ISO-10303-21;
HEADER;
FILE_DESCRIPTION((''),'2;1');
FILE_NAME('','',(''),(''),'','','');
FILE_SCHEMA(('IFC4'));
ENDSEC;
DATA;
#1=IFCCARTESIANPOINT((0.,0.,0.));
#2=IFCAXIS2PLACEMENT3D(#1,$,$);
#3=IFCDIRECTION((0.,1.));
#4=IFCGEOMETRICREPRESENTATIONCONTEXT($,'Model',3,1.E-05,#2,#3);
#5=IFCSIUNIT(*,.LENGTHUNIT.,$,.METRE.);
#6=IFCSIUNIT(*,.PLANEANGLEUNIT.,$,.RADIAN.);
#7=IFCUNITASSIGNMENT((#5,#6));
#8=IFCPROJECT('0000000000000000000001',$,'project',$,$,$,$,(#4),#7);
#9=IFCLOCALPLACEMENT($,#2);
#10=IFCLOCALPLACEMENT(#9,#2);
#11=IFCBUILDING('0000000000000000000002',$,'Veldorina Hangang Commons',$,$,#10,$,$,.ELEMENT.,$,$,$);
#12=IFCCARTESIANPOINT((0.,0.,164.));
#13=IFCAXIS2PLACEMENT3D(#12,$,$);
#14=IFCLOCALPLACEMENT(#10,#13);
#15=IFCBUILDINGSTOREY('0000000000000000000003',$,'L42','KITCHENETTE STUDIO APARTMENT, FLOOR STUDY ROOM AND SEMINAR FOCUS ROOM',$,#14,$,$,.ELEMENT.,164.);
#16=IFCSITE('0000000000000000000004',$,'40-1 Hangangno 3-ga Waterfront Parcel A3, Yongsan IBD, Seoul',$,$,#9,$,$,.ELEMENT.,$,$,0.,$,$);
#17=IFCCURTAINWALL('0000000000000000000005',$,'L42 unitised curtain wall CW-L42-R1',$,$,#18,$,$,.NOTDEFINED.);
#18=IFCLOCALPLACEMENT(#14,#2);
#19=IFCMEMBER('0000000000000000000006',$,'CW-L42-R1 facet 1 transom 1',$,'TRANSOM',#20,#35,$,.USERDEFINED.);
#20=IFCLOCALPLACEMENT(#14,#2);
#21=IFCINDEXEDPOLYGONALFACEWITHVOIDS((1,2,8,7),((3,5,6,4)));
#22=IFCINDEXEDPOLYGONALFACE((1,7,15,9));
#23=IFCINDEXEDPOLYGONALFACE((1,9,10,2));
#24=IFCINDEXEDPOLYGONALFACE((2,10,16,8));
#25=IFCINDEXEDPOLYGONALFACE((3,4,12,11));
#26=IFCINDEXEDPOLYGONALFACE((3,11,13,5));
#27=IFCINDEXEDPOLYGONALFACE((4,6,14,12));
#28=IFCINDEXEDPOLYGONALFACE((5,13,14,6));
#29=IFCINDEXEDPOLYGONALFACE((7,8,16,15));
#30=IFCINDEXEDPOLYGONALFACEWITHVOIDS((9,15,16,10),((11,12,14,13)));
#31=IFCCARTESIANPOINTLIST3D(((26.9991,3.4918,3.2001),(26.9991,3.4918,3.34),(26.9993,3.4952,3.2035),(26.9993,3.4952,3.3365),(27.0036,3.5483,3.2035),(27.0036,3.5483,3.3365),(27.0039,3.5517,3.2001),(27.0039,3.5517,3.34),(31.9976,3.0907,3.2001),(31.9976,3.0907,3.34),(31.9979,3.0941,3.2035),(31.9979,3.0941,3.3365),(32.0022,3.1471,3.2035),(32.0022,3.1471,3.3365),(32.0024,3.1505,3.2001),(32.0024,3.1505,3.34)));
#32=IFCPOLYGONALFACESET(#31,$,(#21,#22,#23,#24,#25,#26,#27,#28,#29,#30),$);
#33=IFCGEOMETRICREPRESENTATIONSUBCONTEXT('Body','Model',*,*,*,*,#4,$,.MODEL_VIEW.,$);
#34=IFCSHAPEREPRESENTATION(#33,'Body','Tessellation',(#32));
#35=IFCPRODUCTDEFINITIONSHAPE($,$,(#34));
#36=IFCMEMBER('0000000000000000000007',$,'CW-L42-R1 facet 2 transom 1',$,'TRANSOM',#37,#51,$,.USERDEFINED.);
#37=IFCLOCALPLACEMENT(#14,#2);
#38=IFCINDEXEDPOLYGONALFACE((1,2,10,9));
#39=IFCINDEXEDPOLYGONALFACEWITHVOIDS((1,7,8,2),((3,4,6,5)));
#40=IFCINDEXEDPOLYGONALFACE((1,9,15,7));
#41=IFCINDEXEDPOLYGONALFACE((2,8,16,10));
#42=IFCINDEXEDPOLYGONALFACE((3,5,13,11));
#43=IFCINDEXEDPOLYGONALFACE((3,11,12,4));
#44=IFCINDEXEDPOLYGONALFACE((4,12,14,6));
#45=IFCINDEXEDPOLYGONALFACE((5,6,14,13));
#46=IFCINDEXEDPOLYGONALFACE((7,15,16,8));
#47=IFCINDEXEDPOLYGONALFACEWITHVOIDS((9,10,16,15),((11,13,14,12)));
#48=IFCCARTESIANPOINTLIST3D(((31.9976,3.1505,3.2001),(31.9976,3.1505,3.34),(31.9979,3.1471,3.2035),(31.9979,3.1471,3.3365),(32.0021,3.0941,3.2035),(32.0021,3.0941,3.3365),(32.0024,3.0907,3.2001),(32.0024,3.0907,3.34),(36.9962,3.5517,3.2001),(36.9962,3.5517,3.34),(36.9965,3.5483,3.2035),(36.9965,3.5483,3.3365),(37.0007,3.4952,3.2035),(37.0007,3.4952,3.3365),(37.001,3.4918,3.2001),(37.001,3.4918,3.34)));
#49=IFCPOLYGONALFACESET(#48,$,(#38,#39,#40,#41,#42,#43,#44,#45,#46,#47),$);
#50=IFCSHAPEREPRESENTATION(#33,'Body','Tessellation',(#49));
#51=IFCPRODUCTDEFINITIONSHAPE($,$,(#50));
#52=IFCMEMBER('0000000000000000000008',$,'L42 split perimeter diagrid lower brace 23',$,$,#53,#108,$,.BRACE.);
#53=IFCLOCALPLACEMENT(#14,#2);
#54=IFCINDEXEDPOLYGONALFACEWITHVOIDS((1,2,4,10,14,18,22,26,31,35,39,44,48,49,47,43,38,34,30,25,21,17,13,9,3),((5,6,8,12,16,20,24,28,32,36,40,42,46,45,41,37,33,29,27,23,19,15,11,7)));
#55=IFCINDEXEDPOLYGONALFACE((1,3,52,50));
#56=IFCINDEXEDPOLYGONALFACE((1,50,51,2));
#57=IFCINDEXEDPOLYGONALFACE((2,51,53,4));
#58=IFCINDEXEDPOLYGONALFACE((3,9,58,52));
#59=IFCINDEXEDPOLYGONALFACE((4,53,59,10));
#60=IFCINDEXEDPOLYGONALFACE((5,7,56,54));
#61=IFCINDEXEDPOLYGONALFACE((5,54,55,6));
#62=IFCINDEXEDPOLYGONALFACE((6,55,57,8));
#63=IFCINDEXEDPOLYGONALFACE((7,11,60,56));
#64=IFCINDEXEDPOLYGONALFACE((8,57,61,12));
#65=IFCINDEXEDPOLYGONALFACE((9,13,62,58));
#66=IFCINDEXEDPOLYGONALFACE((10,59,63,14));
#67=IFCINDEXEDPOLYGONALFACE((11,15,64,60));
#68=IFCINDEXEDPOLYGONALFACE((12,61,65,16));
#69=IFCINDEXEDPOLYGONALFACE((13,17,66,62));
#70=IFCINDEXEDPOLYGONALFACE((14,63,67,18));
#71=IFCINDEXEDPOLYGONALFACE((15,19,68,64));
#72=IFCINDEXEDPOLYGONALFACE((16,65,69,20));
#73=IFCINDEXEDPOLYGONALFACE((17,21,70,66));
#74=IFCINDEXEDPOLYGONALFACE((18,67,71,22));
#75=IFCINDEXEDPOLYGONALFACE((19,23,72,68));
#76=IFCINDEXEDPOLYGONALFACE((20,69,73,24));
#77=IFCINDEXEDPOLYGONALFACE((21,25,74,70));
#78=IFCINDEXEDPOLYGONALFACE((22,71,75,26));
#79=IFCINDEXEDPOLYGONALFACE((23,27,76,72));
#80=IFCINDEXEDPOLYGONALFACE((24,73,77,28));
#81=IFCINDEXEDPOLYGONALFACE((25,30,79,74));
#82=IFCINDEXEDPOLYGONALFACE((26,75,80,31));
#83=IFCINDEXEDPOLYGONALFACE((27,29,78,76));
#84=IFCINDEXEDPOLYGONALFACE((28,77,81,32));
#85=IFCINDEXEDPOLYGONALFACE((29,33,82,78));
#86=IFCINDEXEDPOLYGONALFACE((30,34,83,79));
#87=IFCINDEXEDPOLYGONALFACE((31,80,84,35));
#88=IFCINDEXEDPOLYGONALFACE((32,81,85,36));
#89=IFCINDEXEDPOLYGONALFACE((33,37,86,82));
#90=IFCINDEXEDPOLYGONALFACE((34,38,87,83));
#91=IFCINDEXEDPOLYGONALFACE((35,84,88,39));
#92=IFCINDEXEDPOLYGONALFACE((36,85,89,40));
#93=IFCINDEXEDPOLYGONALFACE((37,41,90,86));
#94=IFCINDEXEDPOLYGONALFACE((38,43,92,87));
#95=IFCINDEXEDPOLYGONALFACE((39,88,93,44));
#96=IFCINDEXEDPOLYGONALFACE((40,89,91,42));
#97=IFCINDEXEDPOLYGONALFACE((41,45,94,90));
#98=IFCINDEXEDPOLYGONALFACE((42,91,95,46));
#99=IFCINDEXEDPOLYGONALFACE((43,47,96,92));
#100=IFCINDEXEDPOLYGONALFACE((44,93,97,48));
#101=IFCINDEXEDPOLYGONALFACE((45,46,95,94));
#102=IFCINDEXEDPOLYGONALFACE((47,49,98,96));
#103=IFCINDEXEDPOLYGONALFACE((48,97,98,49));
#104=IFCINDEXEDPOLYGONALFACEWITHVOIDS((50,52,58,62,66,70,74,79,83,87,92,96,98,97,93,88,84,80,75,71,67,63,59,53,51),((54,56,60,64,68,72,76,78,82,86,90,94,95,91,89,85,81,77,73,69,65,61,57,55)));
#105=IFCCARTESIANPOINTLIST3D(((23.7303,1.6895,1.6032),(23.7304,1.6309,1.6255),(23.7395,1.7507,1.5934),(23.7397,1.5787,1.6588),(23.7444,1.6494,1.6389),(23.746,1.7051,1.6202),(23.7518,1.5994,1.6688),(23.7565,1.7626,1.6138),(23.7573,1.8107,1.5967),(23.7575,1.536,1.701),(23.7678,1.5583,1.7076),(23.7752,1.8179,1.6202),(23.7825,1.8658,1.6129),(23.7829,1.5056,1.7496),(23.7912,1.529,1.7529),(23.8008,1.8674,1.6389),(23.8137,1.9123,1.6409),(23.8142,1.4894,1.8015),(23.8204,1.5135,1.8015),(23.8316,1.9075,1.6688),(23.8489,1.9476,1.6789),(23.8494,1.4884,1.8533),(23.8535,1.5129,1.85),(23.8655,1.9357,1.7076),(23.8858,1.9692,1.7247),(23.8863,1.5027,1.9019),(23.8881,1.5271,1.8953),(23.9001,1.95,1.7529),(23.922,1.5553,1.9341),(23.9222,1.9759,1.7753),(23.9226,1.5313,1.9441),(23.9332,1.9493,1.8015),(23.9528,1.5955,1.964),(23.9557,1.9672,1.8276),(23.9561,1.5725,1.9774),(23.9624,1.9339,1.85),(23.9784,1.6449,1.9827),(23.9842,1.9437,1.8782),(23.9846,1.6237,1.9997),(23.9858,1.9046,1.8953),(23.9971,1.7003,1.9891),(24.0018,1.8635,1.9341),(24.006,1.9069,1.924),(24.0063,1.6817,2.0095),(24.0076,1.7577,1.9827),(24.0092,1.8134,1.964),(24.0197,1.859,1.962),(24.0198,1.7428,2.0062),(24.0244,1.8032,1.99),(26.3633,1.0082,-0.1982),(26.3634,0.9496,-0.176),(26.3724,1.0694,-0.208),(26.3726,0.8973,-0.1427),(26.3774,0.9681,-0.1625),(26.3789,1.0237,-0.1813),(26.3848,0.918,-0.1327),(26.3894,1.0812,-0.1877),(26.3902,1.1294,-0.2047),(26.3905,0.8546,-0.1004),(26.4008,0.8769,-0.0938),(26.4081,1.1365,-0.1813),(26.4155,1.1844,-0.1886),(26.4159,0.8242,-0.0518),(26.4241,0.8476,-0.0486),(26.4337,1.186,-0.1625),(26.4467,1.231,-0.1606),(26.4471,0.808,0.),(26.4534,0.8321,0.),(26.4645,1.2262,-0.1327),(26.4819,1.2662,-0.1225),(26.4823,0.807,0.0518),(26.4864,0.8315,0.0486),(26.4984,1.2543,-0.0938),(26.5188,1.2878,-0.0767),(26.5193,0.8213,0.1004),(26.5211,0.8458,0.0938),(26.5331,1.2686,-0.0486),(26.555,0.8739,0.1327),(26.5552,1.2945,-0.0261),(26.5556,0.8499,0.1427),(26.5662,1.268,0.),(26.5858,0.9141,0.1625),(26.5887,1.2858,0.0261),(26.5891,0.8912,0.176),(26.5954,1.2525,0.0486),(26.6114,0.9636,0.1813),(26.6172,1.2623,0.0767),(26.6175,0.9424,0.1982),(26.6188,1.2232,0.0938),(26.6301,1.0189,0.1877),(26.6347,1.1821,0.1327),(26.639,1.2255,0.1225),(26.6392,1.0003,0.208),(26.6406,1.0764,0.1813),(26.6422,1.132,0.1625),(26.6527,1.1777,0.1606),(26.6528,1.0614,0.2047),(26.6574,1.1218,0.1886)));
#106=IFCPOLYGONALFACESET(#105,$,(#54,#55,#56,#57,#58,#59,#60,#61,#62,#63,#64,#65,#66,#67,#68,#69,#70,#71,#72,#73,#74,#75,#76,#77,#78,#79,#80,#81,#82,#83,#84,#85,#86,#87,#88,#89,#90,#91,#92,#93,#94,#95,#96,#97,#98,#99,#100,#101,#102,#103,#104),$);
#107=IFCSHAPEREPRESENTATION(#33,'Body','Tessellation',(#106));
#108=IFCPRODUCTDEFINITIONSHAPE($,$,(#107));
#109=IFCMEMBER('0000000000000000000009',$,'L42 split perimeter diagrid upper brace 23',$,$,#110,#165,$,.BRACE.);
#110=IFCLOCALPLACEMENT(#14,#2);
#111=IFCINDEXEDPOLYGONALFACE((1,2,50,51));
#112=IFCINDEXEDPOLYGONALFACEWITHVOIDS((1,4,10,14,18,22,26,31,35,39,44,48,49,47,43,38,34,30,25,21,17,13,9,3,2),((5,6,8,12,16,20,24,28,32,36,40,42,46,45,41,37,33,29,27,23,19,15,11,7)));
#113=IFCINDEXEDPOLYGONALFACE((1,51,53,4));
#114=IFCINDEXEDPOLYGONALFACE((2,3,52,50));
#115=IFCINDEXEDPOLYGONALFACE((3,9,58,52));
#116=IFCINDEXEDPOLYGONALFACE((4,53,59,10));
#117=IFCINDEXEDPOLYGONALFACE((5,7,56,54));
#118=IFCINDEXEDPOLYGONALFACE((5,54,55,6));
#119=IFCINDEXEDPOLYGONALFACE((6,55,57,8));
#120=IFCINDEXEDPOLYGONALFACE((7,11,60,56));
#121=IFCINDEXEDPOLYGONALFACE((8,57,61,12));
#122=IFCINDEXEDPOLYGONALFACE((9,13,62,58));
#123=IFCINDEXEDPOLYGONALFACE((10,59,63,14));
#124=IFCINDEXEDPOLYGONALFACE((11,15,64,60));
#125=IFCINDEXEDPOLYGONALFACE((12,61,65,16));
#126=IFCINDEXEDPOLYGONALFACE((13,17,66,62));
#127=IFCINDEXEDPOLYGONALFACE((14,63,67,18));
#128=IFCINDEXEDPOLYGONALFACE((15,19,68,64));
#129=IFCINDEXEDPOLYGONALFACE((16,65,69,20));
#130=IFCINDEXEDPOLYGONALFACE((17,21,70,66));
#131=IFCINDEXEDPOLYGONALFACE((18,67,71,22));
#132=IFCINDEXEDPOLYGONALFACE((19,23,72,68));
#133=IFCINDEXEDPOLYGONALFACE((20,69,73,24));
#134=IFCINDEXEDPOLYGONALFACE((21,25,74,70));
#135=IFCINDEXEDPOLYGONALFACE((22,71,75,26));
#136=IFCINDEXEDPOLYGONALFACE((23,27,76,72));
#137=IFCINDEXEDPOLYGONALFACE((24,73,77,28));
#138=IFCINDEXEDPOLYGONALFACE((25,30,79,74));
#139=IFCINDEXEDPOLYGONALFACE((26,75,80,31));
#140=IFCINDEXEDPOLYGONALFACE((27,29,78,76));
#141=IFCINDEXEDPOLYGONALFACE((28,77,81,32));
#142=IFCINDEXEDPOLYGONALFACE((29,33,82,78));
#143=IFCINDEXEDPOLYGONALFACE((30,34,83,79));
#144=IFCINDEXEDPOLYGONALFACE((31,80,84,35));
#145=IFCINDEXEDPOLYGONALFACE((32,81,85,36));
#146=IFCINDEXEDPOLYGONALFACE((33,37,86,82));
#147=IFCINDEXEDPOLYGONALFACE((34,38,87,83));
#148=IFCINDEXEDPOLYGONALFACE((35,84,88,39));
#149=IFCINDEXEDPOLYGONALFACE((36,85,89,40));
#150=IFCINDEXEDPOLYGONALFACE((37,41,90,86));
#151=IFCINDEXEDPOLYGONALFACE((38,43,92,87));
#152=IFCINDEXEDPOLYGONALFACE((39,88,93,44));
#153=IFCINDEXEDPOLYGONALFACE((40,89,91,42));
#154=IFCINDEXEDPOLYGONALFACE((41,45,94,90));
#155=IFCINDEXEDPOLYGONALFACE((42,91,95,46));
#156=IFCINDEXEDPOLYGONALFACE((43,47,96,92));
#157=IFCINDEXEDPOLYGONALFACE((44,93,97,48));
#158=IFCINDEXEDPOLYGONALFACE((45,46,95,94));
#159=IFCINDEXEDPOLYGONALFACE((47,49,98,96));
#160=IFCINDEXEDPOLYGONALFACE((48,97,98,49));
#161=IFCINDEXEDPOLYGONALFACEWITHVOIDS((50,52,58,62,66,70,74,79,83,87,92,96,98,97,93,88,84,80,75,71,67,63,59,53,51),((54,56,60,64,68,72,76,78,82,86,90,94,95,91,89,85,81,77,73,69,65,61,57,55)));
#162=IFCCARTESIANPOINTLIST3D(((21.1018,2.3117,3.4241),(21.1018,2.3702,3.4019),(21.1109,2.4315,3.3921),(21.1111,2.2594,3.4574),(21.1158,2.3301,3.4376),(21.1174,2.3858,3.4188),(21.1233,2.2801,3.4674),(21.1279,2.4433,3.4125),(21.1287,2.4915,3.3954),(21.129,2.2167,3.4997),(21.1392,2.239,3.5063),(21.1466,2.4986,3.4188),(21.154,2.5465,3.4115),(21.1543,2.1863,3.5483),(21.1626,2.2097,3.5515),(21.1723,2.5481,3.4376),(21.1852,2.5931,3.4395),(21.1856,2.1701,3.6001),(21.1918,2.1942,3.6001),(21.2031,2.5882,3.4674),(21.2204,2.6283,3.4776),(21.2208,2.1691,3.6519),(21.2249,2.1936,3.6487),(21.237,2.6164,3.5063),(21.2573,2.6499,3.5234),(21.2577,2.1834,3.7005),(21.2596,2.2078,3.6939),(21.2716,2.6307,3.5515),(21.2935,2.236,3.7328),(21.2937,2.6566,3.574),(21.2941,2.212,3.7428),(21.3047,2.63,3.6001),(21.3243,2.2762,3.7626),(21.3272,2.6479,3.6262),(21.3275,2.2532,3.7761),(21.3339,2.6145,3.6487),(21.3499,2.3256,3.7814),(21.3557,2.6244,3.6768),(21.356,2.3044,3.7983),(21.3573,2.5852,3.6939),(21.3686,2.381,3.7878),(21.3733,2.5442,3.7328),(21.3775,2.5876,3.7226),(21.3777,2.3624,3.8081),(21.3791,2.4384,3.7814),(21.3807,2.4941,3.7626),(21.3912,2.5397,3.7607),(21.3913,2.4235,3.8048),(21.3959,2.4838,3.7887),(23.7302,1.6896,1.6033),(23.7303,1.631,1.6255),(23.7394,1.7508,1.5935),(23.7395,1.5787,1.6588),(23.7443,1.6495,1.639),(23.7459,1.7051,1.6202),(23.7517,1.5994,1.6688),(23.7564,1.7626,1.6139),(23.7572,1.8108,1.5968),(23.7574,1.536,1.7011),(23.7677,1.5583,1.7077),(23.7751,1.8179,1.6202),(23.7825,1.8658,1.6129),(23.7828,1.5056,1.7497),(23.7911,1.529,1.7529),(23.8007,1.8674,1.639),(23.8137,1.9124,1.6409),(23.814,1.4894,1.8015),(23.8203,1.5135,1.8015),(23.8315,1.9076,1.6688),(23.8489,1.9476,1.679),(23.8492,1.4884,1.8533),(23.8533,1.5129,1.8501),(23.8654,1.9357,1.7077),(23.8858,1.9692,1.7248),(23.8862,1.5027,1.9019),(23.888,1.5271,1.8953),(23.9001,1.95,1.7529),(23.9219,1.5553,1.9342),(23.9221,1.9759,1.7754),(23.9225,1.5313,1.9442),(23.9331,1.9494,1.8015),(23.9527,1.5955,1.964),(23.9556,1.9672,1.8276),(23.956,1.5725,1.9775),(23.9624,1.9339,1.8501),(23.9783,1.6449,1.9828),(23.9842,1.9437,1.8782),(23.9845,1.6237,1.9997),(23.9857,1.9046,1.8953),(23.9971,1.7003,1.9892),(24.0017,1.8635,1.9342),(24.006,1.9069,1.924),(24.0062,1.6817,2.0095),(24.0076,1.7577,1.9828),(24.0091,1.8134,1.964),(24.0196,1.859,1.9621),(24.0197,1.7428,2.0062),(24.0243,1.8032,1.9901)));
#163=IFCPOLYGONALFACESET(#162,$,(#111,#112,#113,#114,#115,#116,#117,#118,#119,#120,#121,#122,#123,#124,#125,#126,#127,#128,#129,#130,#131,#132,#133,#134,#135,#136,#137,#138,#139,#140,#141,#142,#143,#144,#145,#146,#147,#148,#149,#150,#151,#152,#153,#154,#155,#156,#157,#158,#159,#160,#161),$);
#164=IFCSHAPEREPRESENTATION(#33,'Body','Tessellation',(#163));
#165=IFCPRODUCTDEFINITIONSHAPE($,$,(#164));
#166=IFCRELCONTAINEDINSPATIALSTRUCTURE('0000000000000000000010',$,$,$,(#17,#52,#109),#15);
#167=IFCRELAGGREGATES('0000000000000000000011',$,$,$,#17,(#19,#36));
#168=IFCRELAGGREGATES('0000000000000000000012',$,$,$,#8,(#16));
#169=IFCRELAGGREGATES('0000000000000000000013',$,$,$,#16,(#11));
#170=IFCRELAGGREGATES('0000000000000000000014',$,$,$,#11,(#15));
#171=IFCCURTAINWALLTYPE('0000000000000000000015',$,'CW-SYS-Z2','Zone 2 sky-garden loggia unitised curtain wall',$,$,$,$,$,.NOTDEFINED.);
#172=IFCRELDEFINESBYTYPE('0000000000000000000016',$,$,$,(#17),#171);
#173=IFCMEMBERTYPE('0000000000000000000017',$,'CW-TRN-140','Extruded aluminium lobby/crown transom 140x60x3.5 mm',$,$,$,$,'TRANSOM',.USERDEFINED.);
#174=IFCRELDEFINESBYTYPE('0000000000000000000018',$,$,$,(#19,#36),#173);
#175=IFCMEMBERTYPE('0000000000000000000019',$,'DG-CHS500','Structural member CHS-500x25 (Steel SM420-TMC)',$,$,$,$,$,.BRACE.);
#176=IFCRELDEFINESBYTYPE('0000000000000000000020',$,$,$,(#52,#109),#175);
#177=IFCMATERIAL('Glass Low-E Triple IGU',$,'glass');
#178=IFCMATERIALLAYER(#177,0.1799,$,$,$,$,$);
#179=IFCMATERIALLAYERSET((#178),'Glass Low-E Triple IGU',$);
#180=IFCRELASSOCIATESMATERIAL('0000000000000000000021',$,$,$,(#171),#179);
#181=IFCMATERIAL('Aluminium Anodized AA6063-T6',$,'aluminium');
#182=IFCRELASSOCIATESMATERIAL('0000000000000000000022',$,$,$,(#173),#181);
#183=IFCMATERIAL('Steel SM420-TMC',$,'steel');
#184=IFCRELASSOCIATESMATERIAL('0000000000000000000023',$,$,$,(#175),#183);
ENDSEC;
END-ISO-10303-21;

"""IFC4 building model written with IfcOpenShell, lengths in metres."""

from ifc_helpers import new_model, si_unit, direction, frame, origin, origin_2d, place, context, subcontext, project, spatial, hollow_rectangle, hollow_circle, extrude, material, layer, layer_set, material_profile, profile_set, type_object, element, aggregate, save


model = new_model("IFC4")

# Units and contexts
model_context = context("Model", 3, precision=1e-05, world=origin(), true_north=direction((0.0, 1.0)))
body_context = subcontext(model_context, "Body", "Model", "MODEL_VIEW")
ifc_project = project(units=[si_unit("LENGTHUNIT", "METRE"), si_unit("PLANEANGLEUNIT", "RADIAN")], contexts=[model_context])

# Site, building, storey
site_placement = place(None, origin())
site = spatial("IfcSite", under=ifc_project, at=site_placement, Name="40-1 Hangangno 3-ga Waterfront Parcel A3, Yongsan IBD, Seoul", CompositionType="ELEMENT", RefElevation=0.0)
building_placement = place(site_placement, origin())
building = spatial("IfcBuilding", under=site, at=building_placement, Name="Veldorina Hangang Commons", CompositionType="ELEMENT")
storey_placement = place(building_placement, frame((0.0, 0.0, 164.0)))
storey = spatial("IfcBuildingStorey", under=building, at=storey_placement, Name="L42", Description="KITCHENETTE STUDIO APARTMENT, FLOOR STUDY ROOM AND SEMINAR FOCUS ROOM", CompositionType="ELEMENT", Elevation=164.0)

# Shared definitions
ifc_material_1 = material(Name="Steel SM420-TMC", Category="steel")

# Curtain wall, members
ifc_material_2 = material(Name="Glass Low-E Triple IGU", Category="glass")
ifc_layer_1 = layer(ifc_material_2, 0.1799)
ifc_layer_set_1 = layer_set([ifc_layer_1], Name="Glass Low-E Triple IGU")
curtain_wall_type = type_object("IfcCurtainWallType", Name="CW-SYS-Z2", Description="Zone 2 sky-garden loggia unitised curtain wall", PredefinedType="NOTDEFINED", material=ifc_layer_set_1)
curtain_wall_placement = place(storey_placement, origin())
curtain_wall = element("IfcCurtainWall", 1, at=curtain_wall_placement, inside=storey, type_object=curtain_wall_type, Name="L42 unitised curtain wall CW-L42-R1", PredefinedType="NOTDEFINED")
ifc_material_3 = material(Name="Aluminium Anodized AA6063-T6", Category="aluminium")
ifc_material_profile_1 = material_profile(ifc_material_3, hollow_rectangle(XDim=0.0601, YDim=0.1399, WallThickness=0.0034, at=origin_2d()), Name="ALU-RHS-140x60x3.5")
ifc_profile_set_1 = profile_set([ifc_material_profile_1], Name="Aluminium Anodized AA6063-T6")
member_type_1 = type_object("IfcMemberType", Name="CW-TRN-140", Description="Extruded aluminium lobby/crown transom 140x60x3.5 mm", ElementType="TRANSOM", PredefinedType="USERDEFINED", material=ifc_profile_set_1)
member_1_placement = place(storey_placement, frame((27.0015, 3.5217, 3.27), z_axis=(0.996796, -0.079991, 0.0), x_axis=(0.079991, 0.996796, 0.0)))
member_1 = element("IfcMember", 2, at=member_1_placement, type_object=member_type_1, Name="CW-L42-R1 facet 1 transom 1", ObjectType="TRANSOM", PredefinedType="USERDEFINED", context=body_context, shape_type="SweptSolid", body=[
    extrude(hollow_rectangle(XDim=0.0601, YDim=0.1399, WallThickness=0.0034, at=origin_2d()), origin(), (0.0, 0.0, 1.0), 5.0146),
])
member_2_placement = place(storey_placement, frame((32.0, 3.1206, 3.27), z_axis=(0.996796, 0.079991, 0.0), x_axis=(-0.079991, 0.996796, 0.0)))
member_2 = element("IfcMember", 3, at=member_2_placement, type_object=member_type_1, Name="CW-L42-R1 facet 2 transom 1", ObjectType="TRANSOM", PredefinedType="USERDEFINED", context=body_context, shape_type="SweptSolid", body=[
    extrude(hollow_rectangle(XDim=0.0601, YDim=0.1399, WallThickness=0.0034, at=origin_2d()), origin(), (0.0, 0.0, 1.0), 5.0146),
])

# Members
ifc_material_profile_2 = material_profile(ifc_material_1, hollow_circle(Radius=0.25, WallThickness=0.0249, at=origin_2d()), Name="CHS-500x25")
ifc_profile_set_2 = profile_set([ifc_material_profile_2], Name="Steel SM420-TMC")
member_type_2 = type_object("IfcMemberType", Name="DG-CHS500", Description="Structural member CHS-500x25 (Steel SM420-TMC)", PredefinedType="BRACE", material=ifc_profile_set_2)
member_3_placement = place(storey_placement, frame((26.5098, 1.05, 0.0), z_axis=(-0.807111, 0.208869, 0.552218), x_axis=(-0.250532, -0.968108, 0.0)))
element("IfcMember", 4, at=member_3_placement, inside=storey, type_object=member_type_2, Name="L42 split perimeter diagrid lower brace 23", PredefinedType="BRACE", context=body_context, shape_type="SweptSolid", body=[
    extrude(hollow_circle(Radius=0.25, WallThickness=0.0249, at=origin_2d()), origin(), (0.0, 0.0, 1.0), 3.2622),
])
member_4_placement = place(storey_placement, frame((23.8767, 1.7314, 1.8015), z_axis=(-0.807054, 0.208997, 0.552254), x_axis=(-0.250694, -0.968066, 0.0)))
element("IfcMember", 5, at=member_4_placement, inside=storey, type_object=member_type_2, Name="L42 split perimeter diagrid upper brace 23", PredefinedType="BRACE", context=body_context, shape_type="SweptSolid", body=[
    extrude(hollow_circle(Radius=0.25, WallThickness=0.0249, at=origin_2d()), origin(), (0.0, 0.0, 1.0), 3.2568),
])

aggregate(curtain_wall, [member_1, member_2])

save(model, "model.ifc")
